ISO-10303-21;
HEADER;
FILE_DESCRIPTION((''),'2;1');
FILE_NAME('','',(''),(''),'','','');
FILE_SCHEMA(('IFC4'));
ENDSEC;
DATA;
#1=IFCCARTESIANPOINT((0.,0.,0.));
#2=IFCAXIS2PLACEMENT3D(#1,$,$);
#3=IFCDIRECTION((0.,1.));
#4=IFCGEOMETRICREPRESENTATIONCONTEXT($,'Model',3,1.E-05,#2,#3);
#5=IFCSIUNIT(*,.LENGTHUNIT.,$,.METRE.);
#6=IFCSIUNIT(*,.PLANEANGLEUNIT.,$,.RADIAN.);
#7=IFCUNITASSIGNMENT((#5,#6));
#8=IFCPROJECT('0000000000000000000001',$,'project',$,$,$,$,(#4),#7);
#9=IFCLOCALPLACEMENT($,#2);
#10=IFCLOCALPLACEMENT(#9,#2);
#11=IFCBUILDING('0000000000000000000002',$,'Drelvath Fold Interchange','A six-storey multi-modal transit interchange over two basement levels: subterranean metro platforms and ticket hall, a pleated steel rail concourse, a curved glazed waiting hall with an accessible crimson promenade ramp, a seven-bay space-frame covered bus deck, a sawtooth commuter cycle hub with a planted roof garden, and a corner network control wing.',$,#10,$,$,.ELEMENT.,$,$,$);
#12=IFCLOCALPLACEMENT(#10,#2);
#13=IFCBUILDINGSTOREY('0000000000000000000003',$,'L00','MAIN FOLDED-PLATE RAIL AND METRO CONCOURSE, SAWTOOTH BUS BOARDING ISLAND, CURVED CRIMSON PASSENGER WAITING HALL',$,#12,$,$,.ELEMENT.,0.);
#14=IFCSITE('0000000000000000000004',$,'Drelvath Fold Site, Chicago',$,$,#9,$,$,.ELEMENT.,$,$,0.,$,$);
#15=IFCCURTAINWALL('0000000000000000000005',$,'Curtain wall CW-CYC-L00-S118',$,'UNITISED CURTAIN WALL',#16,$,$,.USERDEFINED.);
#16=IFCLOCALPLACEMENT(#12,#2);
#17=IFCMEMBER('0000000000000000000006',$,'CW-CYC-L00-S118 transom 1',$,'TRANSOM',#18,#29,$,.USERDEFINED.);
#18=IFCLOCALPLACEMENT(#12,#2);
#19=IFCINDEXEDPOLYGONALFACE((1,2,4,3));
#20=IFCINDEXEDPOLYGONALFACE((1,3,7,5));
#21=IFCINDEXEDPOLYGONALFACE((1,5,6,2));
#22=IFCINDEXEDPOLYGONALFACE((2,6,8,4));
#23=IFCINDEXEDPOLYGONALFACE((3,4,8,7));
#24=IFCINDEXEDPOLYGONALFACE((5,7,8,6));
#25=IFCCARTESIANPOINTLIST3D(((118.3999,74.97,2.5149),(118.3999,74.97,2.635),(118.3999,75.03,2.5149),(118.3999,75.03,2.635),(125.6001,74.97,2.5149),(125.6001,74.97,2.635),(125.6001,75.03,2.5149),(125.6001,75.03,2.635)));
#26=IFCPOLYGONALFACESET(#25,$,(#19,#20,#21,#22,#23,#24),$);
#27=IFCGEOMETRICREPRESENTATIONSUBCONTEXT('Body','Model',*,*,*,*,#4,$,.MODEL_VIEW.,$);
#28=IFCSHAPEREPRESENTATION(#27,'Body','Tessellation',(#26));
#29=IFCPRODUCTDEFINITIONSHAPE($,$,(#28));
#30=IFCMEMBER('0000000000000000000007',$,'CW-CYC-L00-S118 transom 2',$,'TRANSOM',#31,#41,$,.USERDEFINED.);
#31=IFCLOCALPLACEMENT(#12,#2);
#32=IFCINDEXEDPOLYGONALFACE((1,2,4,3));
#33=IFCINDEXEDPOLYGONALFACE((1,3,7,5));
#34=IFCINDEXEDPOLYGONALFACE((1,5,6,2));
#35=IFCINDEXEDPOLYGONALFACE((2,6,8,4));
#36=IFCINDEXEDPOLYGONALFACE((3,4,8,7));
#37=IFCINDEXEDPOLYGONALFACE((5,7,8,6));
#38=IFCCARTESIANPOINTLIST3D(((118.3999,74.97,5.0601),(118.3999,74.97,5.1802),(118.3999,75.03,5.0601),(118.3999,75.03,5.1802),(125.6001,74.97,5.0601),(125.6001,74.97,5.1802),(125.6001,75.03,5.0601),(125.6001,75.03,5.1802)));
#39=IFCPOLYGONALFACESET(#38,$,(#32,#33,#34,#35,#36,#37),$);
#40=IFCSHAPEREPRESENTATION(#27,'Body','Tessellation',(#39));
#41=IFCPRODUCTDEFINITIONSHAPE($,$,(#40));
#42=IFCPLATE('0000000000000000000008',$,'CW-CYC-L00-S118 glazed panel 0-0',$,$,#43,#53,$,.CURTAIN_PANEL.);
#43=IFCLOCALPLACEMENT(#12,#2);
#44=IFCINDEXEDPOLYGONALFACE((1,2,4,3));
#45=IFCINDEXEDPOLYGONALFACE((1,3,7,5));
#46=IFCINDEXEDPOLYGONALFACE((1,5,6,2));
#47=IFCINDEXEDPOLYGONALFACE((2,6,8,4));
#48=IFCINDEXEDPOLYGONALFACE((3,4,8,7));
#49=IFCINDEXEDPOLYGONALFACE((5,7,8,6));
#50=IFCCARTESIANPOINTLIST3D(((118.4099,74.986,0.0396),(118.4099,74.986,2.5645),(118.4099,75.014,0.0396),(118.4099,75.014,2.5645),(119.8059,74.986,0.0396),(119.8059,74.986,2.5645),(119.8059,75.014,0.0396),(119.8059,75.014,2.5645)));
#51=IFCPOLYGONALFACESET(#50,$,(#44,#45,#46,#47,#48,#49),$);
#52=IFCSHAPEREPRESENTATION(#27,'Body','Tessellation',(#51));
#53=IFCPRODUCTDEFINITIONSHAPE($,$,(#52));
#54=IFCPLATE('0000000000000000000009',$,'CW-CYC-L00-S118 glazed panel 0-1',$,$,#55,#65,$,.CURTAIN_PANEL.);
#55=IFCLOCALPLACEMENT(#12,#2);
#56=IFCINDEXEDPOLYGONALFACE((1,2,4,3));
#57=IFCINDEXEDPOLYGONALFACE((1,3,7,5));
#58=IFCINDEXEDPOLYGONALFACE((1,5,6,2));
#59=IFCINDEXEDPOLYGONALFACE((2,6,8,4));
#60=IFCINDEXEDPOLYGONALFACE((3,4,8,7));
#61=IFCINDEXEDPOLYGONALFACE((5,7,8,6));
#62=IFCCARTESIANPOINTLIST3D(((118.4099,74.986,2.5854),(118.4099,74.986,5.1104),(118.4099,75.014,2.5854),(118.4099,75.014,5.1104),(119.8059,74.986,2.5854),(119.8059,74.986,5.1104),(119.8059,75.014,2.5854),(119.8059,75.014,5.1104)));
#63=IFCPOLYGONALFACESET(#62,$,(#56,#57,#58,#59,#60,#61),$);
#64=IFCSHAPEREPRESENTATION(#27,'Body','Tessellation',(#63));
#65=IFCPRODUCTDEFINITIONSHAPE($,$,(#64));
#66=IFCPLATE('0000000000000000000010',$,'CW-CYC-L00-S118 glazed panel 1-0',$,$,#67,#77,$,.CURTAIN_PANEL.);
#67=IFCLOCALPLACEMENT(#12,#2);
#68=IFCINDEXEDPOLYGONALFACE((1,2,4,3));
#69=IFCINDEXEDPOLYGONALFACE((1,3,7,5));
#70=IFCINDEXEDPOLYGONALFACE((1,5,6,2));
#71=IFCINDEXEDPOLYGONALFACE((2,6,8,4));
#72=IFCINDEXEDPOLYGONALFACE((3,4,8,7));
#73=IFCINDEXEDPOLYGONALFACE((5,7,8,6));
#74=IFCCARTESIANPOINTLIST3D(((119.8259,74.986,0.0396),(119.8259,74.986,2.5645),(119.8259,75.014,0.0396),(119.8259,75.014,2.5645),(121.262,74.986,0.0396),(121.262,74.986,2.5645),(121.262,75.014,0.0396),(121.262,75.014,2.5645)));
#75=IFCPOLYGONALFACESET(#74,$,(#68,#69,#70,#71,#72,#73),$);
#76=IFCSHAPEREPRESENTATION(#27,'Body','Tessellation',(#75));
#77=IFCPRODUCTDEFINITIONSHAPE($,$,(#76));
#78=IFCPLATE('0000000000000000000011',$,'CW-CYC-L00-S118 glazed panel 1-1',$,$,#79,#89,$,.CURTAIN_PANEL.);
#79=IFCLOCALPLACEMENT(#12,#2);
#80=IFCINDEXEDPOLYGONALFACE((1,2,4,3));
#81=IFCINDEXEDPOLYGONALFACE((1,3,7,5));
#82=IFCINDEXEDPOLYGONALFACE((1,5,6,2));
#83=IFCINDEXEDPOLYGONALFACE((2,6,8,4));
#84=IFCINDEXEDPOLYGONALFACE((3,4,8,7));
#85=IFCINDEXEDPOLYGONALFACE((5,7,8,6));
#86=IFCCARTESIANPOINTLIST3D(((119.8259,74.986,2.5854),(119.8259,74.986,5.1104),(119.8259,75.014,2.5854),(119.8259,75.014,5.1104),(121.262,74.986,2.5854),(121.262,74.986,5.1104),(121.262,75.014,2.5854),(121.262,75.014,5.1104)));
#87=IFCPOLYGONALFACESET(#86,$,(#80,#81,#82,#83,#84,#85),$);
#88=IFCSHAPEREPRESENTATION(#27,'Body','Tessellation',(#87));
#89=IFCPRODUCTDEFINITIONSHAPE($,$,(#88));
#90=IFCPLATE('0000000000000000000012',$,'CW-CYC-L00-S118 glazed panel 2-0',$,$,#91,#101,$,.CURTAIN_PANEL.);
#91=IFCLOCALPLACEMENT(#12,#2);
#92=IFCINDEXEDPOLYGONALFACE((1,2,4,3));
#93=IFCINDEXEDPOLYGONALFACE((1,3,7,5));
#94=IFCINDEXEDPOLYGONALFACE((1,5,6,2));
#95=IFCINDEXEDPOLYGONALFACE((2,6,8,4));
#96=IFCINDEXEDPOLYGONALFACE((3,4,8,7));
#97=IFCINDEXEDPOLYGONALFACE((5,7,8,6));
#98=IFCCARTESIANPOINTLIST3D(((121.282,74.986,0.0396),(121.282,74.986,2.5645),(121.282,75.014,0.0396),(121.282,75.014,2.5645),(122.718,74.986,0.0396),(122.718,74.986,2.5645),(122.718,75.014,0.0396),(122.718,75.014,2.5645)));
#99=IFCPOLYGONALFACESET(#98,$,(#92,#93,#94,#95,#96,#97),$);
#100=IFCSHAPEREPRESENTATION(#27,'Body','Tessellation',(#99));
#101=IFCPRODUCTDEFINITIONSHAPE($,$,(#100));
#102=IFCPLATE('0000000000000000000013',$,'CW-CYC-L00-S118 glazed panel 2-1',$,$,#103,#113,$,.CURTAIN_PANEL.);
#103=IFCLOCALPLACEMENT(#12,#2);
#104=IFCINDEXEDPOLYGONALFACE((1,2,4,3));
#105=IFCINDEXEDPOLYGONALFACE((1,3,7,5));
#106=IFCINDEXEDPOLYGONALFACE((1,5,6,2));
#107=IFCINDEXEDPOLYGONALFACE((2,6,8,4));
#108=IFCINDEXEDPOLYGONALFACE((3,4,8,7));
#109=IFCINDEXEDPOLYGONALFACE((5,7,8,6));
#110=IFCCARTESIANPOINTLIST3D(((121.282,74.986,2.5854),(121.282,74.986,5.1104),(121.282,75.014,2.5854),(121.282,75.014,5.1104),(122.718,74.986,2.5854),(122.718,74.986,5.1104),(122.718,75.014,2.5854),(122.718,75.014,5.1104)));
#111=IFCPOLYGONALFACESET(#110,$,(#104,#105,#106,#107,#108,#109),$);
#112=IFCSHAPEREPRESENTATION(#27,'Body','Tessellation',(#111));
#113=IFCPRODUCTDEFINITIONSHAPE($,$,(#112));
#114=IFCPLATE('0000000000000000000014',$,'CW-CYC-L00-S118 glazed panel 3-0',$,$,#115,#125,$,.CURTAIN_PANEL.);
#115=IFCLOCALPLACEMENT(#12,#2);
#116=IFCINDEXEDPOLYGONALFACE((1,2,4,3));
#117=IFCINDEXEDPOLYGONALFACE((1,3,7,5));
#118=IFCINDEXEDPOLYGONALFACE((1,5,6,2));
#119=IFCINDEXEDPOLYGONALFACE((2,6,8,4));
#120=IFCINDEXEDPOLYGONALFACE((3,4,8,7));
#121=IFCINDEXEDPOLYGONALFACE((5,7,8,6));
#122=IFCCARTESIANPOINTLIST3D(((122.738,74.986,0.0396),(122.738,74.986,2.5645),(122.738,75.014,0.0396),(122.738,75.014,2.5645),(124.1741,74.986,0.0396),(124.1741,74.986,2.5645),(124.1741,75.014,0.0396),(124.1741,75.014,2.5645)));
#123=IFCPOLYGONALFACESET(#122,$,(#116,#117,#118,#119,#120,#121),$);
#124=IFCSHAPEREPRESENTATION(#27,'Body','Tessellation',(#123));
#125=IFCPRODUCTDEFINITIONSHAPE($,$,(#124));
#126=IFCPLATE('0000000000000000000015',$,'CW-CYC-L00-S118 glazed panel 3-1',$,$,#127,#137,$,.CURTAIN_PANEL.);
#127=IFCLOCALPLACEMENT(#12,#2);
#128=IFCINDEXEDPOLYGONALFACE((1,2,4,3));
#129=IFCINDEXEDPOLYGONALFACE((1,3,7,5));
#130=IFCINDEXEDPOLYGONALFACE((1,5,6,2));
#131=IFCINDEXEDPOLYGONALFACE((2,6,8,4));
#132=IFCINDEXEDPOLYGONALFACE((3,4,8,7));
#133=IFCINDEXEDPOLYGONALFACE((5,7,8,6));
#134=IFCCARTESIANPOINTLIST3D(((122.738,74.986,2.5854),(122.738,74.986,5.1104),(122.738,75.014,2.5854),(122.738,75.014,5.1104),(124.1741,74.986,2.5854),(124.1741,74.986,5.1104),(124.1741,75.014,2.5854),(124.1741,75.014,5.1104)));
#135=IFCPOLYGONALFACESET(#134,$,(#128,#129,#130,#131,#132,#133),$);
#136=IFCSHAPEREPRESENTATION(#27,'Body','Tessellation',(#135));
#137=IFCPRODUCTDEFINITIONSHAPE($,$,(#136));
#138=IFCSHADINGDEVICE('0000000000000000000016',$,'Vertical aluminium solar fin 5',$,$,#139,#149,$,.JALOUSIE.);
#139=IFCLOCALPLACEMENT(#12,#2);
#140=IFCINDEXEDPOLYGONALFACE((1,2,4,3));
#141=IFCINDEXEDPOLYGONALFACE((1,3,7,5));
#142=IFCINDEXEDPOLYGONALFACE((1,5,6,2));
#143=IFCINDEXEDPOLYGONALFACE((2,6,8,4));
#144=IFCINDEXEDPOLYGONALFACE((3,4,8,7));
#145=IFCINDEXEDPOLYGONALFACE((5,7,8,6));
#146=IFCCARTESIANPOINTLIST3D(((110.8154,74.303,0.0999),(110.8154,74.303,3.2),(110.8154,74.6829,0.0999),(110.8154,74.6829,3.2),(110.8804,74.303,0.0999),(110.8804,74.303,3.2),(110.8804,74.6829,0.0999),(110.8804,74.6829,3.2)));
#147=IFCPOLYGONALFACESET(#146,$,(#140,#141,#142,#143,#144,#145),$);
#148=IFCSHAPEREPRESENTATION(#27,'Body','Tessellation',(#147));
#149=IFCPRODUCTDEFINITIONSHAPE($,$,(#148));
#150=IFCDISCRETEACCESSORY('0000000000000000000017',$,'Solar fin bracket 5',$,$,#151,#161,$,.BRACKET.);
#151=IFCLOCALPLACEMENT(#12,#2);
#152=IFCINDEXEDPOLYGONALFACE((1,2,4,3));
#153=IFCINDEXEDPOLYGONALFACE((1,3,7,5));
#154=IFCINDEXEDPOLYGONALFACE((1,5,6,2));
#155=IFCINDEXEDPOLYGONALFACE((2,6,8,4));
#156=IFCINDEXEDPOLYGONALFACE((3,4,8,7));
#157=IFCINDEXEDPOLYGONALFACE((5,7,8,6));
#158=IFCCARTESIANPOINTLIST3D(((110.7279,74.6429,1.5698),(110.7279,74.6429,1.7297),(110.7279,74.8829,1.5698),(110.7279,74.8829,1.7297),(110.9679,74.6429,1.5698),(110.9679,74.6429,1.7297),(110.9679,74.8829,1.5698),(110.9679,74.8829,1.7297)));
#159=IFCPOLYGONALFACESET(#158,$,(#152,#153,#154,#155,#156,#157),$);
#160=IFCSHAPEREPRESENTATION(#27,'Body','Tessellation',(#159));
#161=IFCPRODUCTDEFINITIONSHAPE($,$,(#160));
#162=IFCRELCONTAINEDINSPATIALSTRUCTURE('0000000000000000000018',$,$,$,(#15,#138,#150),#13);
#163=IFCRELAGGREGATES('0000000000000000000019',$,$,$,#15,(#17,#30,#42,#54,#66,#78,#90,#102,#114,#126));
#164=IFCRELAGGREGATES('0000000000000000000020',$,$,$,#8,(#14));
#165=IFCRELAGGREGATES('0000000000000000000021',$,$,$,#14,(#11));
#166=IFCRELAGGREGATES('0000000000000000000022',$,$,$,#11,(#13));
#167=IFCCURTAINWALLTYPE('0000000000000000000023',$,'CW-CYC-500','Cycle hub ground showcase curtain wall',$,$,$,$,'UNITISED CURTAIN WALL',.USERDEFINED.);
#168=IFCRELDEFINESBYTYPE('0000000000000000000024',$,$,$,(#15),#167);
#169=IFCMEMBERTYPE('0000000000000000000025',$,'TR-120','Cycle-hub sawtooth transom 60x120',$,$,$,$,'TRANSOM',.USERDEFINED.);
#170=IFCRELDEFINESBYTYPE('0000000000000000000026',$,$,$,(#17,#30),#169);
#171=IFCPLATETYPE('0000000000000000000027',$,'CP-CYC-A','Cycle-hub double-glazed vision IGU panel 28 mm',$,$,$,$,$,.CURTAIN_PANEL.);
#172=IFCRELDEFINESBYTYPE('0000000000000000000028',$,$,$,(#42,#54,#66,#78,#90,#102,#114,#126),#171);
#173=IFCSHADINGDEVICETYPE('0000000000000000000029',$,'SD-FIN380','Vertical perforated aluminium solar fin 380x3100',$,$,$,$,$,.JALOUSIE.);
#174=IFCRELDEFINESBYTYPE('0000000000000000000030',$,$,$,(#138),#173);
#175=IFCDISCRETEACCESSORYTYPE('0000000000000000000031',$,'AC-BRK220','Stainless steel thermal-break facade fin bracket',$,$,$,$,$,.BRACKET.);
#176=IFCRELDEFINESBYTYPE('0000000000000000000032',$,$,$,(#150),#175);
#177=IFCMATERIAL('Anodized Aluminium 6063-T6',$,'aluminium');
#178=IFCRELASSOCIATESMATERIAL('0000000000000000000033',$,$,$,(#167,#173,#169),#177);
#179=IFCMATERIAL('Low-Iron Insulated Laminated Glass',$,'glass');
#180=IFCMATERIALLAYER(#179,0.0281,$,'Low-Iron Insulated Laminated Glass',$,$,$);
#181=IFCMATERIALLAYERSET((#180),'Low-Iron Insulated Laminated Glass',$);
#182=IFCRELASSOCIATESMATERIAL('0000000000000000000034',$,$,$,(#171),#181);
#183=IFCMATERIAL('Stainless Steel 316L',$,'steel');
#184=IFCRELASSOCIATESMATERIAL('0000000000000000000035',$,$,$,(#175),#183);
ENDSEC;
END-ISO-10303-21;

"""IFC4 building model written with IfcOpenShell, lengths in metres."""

from ifc_helpers import new_model, si_unit, direction, frame, origin, origin_2d, place, context, subcontext, project, spatial, rectangle, extrude, material, layer, layer_set, material_profile, profile_set, type_object, element, aggregate, save


model = new_model("IFC4")

# Units and contexts
model_context = context("Model", 3, precision=1e-05, world=origin(), true_north=direction((0.0, 1.0)))
body_context = subcontext(model_context, "Body", "Model", "MODEL_VIEW")
ifc_project = project(units=[si_unit("LENGTHUNIT", "METRE"), si_unit("PLANEANGLEUNIT", "RADIAN")], contexts=[model_context])

# Site, building, storey
site_placement = place(None, origin())
site = spatial("IfcSite", under=ifc_project, at=site_placement, Name="Drelvath Fold Site, Chicago", CompositionType="ELEMENT", RefElevation=0.0)
building_placement = place(site_placement, origin())
building = spatial("IfcBuilding", under=site, at=building_placement, Name="Drelvath Fold Interchange", Description="A six-storey multi-modal transit interchange over two basement levels: subterranean metro platforms and ticket hall, a pleated steel rail concourse, a curved glazed waiting hall with an accessible crimson promenade ramp, a seven-bay space-frame covered bus deck, a sawtooth commuter cycle hub with a planted roof garden, and a corner network control wing.", CompositionType="ELEMENT")
storey_placement = place(building_placement, origin())
storey = spatial("IfcBuildingStorey", under=building, at=storey_placement, Name="L00", Description="MAIN FOLDED-PLATE RAIL AND METRO CONCOURSE, SAWTOOTH BUS BOARDING ISLAND, CURVED CRIMSON PASSENGER WAITING HALL", CompositionType="ELEMENT", Elevation=0.0)

# Curtain wall, members, plates
ifc_material_1 = material(Name="Anodized Aluminium 6063-T6", Category="aluminium")
curtain_wall_type = type_object("IfcCurtainWallType", Name="CW-CYC-500", Description="Cycle hub ground showcase curtain wall", ElementType="UNITISED CURTAIN WALL", PredefinedType="USERDEFINED", material=ifc_material_1)
curtain_wall_placement = place(storey_placement, origin())
curtain_wall = element("IfcCurtainWall", 1, at=curtain_wall_placement, inside=storey, type_object=curtain_wall_type, Name="Curtain wall CW-CYC-L00-S118", ObjectType="UNITISED CURTAIN WALL", PredefinedType="USERDEFINED")
ifc_material_profile_1 = material_profile(ifc_material_1, rectangle(XDim=0.0601, YDim=0.1201, at=origin_2d()), Name="AL-T 60x120")
ifc_profile_set_1 = profile_set([ifc_material_profile_1], Name="Anodized Aluminium 6063-T6")
member_type_1 = type_object("IfcMemberType", Name="TR-120", Description="Cycle-hub sawtooth transom 60x120", ElementType="TRANSOM", PredefinedType="USERDEFINED", material=ifc_profile_set_1)
member_1_placement = place(storey_placement, frame((118.3999, 75.0, 2.575), z_axis=(1.0, 0.0, 0.0), x_axis=(0.0, 1.0, 0.0)))
member_1 = element("IfcMember", 2, at=member_1_placement, type_object=member_type_1, Name="CW-CYC-L00-S118 transom 1", ObjectType="TRANSOM", PredefinedType="USERDEFINED", context=body_context, shape_type="SweptSolid", body=[
    extrude(rectangle(XDim=0.0601, YDim=0.1201, at=origin_2d()), origin(), (0.0, 0.0, 1.0), 7.2002),
])
member_2_placement = place(storey_placement, frame((118.3999, 75.0, 5.1201), z_axis=(1.0, 0.0, 0.0), x_axis=(0.0, 1.0, 0.0)))
member_2 = element("IfcMember", 3, at=member_2_placement, type_object=member_type_1, Name="CW-CYC-L00-S118 transom 2", ObjectType="TRANSOM", PredefinedType="USERDEFINED", context=body_context, shape_type="SweptSolid", body=[
    extrude(rectangle(XDim=0.0601, YDim=0.1201, at=origin_2d()), origin(), (0.0, 0.0, 1.0), 7.2002),
])
ifc_material_2 = material(Name="Low-Iron Insulated Laminated Glass", Category="glass")
ifc_layer = layer(ifc_material_2, 0.0281, Name="Low-Iron Insulated Laminated Glass")
ifc_layer_set = layer_set([ifc_layer], Name="Low-Iron Insulated Laminated Glass")
plate_type = type_object("IfcPlateType", Name="CP-CYC-A", Description="Cycle-hub double-glazed vision IGU panel 28 mm", PredefinedType="CURTAIN_PANEL", material=ifc_layer_set)
plate_1_placement = place(storey_placement, frame((119.1079, 75.0, 0.0396), z_axis=(0.0, 0.0, 1.0), x_axis=(1.0, 0.0, 0.0)))
plate_1 = element("IfcPlate", 4, at=plate_1_placement, type_object=plate_type, Name="CW-CYC-L00-S118 glazed panel 0-0", PredefinedType="CURTAIN_PANEL", context=body_context, shape_type="SweptSolid", body=[
    extrude(rectangle(XDim=1.396, YDim=0.0281, at=origin_2d()), origin(), (0.0, 0.0, 1.0), 2.5249),
])
plate_2_placement = place(storey_placement, frame((119.1079, 75.0, 2.5854), z_axis=(0.0, 0.0, 1.0), x_axis=(1.0, 0.0, 0.0)))
plate_2 = element("IfcPlate", 5, at=plate_2_placement, type_object=plate_type, Name="CW-CYC-L00-S118 glazed panel 0-1", PredefinedType="CURTAIN_PANEL", context=body_context, shape_type="SweptSolid", body=[
    extrude(rectangle(XDim=1.396, YDim=0.0281, at=origin_2d()), origin(), (0.0, 0.0, 1.0), 2.5249),
])
plate_3_placement = place(storey_placement, frame((120.5439, 75.0, 0.0396), z_axis=(0.0, 0.0, 1.0), x_axis=(1.0, 0.0, 0.0)))
plate_3 = element("IfcPlate", 6, at=plate_3_placement, type_object=plate_type, Name="CW-CYC-L00-S118 glazed panel 1-0", PredefinedType="CURTAIN_PANEL", context=body_context, shape_type="SweptSolid", body=[
    extrude(rectangle(XDim=1.436, YDim=0.0281, at=origin_2d()), origin(), (0.0, 0.0, 1.0), 2.5249),
])
plate_4_placement = place(storey_placement, frame((120.5439, 75.0, 2.5854), z_axis=(0.0, 0.0, 1.0), x_axis=(1.0, 0.0, 0.0)))
plate_4 = element("IfcPlate", 7, at=plate_4_placement, type_object=plate_type, Name="CW-CYC-L00-S118 glazed panel 1-1", PredefinedType="CURTAIN_PANEL", context=body_context, shape_type="SweptSolid", body=[
    extrude(rectangle(XDim=1.436, YDim=0.0281, at=origin_2d()), origin(), (0.0, 0.0, 1.0), 2.5249),
])
plate_5_placement = place(storey_placement, frame((122.0, 75.0, 0.0396), z_axis=(0.0, 0.0, 1.0), x_axis=(1.0, 0.0, 0.0)))
plate_5 = element("IfcPlate", 8, at=plate_5_placement, type_object=plate_type, Name="CW-CYC-L00-S118 glazed panel 2-0", PredefinedType="CURTAIN_PANEL", context=body_context, shape_type="SweptSolid", body=[
    extrude(rectangle(XDim=1.436, YDim=0.0281, at=origin_2d()), origin(), (0.0, 0.0, 1.0), 2.5249),
])
plate_6_placement = place(storey_placement, frame((122.0, 75.0, 2.5854), z_axis=(0.0, 0.0, 1.0), x_axis=(1.0, 0.0, 0.0)))
plate_6 = element("IfcPlate", 9, at=plate_6_placement, type_object=plate_type, Name="CW-CYC-L00-S118 glazed panel 2-1", PredefinedType="CURTAIN_PANEL", context=body_context, shape_type="SweptSolid", body=[
    extrude(rectangle(XDim=1.436, YDim=0.0281, at=origin_2d()), origin(), (0.0, 0.0, 1.0), 2.5249),
])
plate_7_placement = place(storey_placement, frame((123.4561, 75.0, 0.0396), z_axis=(0.0, 0.0, 1.0), x_axis=(1.0, 0.0, 0.0)))
plate_7 = element("IfcPlate", 10, at=plate_7_placement, type_object=plate_type, Name="CW-CYC-L00-S118 glazed panel 3-0", PredefinedType="CURTAIN_PANEL", context=body_context, shape_type="SweptSolid", body=[
    extrude(rectangle(XDim=1.436, YDim=0.0281, at=origin_2d()), origin(), (0.0, 0.0, 1.0), 2.5249),
])
plate_8_placement = place(storey_placement, frame((123.4561, 75.0, 2.5854), z_axis=(0.0, 0.0, 1.0), x_axis=(1.0, 0.0, 0.0)))
plate_8 = element("IfcPlate", 11, at=plate_8_placement, type_object=plate_type, Name="CW-CYC-L00-S118 glazed panel 3-1", PredefinedType="CURTAIN_PANEL", context=body_context, shape_type="SweptSolid", body=[
    extrude(rectangle(XDim=1.436, YDim=0.0281, at=origin_2d()), origin(), (0.0, 0.0, 1.0), 2.5249),
])
aggregate(curtain_wall, [member_1, member_2, plate_1, plate_2, plate_3, plate_4, plate_5, plate_6, plate_7, plate_8])

# Shading device
shading_device_type = type_object("IfcShadingDeviceType", Name="SD-FIN380", Description="Vertical perforated aluminium solar fin 380x3100", PredefinedType="JALOUSIE", material=ifc_material_1)
shading_device_placement = place(storey_placement, frame((110.8479, 74.4929, 0.0999), z_axis=(0.0, 0.0, 1.0), x_axis=(0.0, 1.0, 0.0)))
element("IfcShadingDevice", 12, at=shading_device_placement, inside=storey, type_object=shading_device_type, Name="Vertical aluminium solar fin 5", PredefinedType="JALOUSIE", context=body_context, shape_type="SweptSolid", body=[
    extrude(rectangle(XDim=0.3799, YDim=0.0649, at=origin_2d()), origin(), (0.0, 0.0, 1.0), 3.1001),
])

# Discrete accessory
ifc_material_3 = material(Name="Stainless Steel 316L", Category="steel")
discrete_accessory_type = type_object("IfcDiscreteAccessoryType", Name="AC-BRK220", Description="Stainless steel thermal-break facade fin bracket", PredefinedType="BRACKET", material=ifc_material_3)
discrete_accessory_placement = place(storey_placement, frame((110.8479, 74.7629, 1.5698), z_axis=(0.0, 0.0, 1.0), x_axis=(0.0, 1.0, 0.0)))
element("IfcDiscreteAccessory", 13, at=discrete_accessory_placement, inside=storey, type_object=discrete_accessory_type, Name="Solar fin bracket 5", PredefinedType="BRACKET", context=body_context, shape_type="SweptSolid", body=[
    extrude(rectangle(XDim=0.24, YDim=0.24, at=origin_2d()), origin(), (0.0, 0.0, 1.0), 0.1599),
])

save(model, "model.ifc")
